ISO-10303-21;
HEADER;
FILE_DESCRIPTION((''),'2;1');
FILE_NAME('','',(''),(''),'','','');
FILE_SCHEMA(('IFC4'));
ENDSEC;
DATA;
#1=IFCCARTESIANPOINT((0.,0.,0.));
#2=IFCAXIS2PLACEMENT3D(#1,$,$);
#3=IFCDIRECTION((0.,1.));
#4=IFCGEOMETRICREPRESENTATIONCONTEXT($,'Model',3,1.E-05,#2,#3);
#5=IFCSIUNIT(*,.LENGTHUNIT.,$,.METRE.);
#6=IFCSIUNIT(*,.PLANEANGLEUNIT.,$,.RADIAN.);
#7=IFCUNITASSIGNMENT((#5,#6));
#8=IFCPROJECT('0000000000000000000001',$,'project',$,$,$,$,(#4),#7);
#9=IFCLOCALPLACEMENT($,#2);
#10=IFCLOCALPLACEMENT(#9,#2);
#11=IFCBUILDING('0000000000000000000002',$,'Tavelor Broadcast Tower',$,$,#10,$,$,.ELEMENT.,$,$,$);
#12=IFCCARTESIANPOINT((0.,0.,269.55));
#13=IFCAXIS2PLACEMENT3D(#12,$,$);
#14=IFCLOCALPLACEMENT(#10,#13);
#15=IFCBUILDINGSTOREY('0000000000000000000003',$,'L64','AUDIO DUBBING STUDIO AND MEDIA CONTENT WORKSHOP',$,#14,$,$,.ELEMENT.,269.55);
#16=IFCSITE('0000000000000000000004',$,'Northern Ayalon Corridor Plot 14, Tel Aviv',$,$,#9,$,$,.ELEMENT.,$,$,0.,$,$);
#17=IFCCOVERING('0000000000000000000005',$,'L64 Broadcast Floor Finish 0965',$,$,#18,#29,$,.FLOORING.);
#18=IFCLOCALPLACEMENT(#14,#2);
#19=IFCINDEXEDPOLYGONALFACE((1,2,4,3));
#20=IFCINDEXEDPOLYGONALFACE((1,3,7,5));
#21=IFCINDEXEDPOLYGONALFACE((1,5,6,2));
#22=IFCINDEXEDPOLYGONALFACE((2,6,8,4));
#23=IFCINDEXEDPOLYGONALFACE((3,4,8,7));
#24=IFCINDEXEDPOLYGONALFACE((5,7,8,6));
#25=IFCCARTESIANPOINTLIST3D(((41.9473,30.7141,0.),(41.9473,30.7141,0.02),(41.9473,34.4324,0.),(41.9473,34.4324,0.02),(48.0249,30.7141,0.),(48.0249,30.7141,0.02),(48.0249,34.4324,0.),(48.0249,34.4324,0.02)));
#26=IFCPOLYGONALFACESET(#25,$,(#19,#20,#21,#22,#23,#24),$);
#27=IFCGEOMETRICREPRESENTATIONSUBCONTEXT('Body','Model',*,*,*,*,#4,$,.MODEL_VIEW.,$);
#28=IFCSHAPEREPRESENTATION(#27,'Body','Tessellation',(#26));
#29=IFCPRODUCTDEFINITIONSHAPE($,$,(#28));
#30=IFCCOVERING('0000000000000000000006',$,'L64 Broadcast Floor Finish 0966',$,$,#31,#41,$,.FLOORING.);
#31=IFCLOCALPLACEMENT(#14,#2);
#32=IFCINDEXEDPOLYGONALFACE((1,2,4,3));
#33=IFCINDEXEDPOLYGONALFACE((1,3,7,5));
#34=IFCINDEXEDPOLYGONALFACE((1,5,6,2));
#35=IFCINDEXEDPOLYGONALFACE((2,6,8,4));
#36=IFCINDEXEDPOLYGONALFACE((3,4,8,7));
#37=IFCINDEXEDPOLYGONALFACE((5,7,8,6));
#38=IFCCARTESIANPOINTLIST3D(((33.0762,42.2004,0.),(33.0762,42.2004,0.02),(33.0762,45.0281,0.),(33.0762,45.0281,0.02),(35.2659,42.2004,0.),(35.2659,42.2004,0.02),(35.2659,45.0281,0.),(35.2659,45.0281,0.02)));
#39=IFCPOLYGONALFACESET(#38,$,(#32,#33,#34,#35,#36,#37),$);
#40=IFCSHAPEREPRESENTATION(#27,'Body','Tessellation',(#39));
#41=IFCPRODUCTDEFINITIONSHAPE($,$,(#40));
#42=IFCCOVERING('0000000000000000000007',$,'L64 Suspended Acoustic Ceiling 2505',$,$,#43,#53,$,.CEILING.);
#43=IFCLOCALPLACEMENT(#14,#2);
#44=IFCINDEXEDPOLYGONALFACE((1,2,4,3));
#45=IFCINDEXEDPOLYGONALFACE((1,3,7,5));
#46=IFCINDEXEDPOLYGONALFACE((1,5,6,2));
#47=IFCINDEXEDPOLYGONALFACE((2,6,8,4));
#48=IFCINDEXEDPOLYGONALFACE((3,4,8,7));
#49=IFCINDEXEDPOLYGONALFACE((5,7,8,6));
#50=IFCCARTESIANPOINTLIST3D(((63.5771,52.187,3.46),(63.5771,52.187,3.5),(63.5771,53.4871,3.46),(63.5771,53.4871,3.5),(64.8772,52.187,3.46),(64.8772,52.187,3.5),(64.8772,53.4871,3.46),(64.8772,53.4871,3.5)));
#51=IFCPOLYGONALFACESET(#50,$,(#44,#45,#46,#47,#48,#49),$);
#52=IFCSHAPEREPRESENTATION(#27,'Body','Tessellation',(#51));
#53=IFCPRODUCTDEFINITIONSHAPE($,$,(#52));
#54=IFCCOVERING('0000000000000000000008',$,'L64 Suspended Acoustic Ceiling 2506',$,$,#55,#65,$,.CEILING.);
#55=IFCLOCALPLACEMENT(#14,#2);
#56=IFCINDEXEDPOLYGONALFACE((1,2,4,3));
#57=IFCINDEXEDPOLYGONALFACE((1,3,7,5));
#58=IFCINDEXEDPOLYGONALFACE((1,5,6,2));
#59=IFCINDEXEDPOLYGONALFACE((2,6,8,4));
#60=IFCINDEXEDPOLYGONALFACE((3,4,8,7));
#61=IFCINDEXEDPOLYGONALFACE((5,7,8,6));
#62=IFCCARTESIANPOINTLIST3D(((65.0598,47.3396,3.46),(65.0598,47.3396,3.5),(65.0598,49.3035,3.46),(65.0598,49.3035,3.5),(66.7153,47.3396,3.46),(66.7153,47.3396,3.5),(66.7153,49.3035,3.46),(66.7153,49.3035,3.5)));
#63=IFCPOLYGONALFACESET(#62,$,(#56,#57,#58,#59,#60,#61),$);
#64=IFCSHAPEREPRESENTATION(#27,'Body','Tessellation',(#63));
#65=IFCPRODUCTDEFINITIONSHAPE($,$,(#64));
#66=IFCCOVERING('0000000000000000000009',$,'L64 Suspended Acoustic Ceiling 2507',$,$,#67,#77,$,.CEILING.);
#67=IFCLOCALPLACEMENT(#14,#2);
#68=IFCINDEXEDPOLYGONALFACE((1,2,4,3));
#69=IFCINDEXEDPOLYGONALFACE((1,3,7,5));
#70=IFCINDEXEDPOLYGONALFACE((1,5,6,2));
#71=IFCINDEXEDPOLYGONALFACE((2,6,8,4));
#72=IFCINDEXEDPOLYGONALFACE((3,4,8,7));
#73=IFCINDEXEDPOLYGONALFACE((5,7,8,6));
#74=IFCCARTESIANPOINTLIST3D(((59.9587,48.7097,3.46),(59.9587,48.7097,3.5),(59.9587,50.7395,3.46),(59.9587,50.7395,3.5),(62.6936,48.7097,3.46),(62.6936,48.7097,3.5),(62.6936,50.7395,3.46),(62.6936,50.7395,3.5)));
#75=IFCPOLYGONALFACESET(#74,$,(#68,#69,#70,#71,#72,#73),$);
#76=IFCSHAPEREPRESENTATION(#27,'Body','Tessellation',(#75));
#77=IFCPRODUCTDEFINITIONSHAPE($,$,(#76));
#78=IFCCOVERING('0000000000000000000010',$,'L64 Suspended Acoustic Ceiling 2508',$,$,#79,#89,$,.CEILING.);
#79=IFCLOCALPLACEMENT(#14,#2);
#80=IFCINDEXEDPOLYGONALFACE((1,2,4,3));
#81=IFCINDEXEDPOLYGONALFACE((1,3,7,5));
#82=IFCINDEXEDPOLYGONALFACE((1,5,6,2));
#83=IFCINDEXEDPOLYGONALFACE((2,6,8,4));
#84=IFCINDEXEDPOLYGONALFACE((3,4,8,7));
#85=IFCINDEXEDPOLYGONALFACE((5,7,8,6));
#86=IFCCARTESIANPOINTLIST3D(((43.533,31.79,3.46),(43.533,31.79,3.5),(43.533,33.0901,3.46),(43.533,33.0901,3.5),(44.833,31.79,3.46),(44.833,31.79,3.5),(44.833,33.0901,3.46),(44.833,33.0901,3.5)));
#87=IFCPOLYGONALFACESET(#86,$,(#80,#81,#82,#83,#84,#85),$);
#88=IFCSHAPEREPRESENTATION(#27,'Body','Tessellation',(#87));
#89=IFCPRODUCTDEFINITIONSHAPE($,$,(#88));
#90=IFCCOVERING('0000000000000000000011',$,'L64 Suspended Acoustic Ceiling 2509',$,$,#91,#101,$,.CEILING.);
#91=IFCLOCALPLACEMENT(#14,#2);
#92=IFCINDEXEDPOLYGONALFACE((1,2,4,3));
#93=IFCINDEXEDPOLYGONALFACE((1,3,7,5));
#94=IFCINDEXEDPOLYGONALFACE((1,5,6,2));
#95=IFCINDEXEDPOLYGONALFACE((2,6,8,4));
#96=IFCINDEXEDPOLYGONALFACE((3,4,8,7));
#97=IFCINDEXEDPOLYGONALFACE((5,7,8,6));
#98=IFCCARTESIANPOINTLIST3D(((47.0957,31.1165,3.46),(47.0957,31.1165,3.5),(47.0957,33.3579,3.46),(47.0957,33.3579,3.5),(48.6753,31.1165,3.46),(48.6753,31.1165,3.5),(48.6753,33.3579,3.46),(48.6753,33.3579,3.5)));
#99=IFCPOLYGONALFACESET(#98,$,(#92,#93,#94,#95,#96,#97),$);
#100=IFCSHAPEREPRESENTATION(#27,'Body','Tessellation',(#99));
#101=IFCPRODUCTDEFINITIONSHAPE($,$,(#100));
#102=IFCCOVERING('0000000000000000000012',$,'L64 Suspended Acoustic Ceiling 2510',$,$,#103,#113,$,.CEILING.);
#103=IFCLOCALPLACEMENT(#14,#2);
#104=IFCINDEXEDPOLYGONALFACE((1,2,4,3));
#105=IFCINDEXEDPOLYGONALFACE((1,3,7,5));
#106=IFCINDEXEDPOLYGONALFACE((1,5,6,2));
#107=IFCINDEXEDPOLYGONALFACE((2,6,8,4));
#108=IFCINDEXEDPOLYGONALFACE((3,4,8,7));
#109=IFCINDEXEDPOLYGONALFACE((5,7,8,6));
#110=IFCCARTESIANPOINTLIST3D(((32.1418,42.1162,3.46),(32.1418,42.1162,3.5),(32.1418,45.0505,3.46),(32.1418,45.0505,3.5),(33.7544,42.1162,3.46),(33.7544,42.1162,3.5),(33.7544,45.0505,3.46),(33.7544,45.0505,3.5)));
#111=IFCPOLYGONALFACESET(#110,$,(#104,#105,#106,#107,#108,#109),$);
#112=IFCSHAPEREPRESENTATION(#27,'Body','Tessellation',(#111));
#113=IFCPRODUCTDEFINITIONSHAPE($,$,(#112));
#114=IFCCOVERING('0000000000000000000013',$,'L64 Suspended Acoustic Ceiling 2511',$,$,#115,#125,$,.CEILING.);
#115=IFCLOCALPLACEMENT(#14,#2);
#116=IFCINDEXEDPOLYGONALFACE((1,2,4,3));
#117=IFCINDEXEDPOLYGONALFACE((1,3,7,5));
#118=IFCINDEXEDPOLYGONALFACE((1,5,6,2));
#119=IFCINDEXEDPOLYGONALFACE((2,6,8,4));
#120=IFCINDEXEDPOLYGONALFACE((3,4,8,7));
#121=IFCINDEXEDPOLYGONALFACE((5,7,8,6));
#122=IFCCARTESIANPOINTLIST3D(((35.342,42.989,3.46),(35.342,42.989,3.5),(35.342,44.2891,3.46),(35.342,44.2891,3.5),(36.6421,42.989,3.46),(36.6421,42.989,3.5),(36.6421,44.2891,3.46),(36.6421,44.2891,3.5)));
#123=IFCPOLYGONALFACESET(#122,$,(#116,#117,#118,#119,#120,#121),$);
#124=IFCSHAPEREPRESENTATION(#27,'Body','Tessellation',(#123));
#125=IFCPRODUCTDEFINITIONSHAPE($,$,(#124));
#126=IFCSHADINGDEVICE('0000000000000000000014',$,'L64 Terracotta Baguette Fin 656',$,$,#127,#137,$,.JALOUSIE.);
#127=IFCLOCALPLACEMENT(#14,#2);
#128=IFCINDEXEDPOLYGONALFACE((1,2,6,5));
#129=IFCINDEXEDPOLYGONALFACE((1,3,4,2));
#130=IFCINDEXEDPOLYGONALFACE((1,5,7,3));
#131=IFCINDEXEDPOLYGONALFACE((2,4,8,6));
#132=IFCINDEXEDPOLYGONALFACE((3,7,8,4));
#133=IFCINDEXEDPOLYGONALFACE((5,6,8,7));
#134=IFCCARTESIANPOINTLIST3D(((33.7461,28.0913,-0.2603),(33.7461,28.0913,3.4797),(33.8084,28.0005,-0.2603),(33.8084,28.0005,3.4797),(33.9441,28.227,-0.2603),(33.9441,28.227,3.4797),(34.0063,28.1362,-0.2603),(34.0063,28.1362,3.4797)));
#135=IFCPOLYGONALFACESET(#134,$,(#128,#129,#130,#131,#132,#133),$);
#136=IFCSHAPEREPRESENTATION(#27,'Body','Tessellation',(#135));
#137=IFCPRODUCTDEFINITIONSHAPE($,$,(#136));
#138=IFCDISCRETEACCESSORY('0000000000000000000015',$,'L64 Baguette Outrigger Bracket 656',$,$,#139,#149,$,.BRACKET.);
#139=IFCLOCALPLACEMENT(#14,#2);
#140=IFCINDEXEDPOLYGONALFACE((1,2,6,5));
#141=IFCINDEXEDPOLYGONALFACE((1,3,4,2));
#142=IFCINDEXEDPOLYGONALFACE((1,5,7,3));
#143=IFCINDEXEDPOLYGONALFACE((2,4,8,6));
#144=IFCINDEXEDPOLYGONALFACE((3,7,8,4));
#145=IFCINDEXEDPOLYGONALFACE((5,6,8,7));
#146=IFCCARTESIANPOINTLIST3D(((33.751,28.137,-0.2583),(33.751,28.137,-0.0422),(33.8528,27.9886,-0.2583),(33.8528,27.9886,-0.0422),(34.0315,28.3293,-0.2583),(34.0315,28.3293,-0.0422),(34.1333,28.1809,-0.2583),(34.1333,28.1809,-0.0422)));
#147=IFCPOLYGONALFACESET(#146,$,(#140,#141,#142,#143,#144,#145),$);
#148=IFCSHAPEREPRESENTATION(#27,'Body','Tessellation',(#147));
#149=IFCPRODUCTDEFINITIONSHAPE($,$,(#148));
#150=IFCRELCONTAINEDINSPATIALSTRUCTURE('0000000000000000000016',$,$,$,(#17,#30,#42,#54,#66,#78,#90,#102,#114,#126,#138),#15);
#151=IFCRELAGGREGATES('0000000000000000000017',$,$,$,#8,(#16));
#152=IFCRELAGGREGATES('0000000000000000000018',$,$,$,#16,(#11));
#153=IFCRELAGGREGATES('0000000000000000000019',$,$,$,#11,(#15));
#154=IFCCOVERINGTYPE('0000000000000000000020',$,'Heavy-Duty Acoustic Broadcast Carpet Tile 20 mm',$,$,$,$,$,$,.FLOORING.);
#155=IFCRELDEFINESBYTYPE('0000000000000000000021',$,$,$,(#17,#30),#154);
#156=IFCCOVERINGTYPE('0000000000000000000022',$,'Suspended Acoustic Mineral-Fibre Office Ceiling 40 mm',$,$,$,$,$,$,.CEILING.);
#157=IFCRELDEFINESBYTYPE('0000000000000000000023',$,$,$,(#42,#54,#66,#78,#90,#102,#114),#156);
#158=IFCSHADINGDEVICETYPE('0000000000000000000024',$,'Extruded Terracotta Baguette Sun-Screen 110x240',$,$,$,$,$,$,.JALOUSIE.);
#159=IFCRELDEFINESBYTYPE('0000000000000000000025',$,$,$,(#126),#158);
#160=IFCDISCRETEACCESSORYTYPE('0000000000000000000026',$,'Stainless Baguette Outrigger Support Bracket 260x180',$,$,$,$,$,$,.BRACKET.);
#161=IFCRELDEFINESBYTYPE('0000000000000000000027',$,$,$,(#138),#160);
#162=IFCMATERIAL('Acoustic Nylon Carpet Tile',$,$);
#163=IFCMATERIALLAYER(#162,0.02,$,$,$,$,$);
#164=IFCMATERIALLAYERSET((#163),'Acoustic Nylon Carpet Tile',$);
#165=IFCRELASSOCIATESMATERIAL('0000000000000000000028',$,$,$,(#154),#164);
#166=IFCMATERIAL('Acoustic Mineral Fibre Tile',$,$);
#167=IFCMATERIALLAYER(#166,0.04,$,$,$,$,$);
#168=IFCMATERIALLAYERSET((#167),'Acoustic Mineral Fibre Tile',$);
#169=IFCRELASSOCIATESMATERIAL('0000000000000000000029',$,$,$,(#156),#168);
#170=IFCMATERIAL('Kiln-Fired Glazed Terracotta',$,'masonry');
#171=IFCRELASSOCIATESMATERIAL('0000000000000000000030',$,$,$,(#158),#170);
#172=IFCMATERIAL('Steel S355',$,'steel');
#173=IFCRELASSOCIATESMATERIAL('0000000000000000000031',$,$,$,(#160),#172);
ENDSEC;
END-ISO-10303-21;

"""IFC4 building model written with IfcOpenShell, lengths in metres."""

from ifc_helpers import new_model, si_unit, direction, frame, origin, origin_2d, place, context, subcontext, project, spatial, polyline, rectangle, outline, extrude, source, transform, mapped, material, layer, layer_set, type_object, type_shapes, element, save


model = new_model("IFC4")

# Units and contexts
model_context = context("Model", 3, precision=1e-05, world=origin(), true_north=direction((0.0, 1.0)))
body_context = subcontext(model_context, "Body", "Model", "MODEL_VIEW")
ifc_project = project(units=[si_unit("LENGTHUNIT", "METRE"), si_unit("PLANEANGLEUNIT", "RADIAN")], contexts=[model_context])

# Site, building, storey
site_placement = place(None, origin())
site = spatial("IfcSite", under=ifc_project, at=site_placement, Name="Northern Ayalon Corridor Plot 14, Tel Aviv", CompositionType="ELEMENT", RefElevation=0.0)
building_placement = place(site_placement, origin())
building = spatial("IfcBuilding", under=site, at=building_placement, Name="Tavelor Broadcast Tower", CompositionType="ELEMENT")
storey_placement = place(building_placement, frame((0.0, 0.0, 269.55)))
storey = spatial("IfcBuildingStorey", under=building, at=storey_placement, Name="L64", Description="AUDIO DUBBING STUDIO AND MEDIA CONTENT WORKSHOP", CompositionType="ELEMENT", Elevation=269.55)

# Coverings
ifc_material_1 = material(Name="Acoustic Nylon Carpet Tile")
ifc_layer_1 = layer(ifc_material_1, 0.02)
ifc_layer_set_1 = layer_set([ifc_layer_1], Name="Acoustic Nylon Carpet Tile")
covering_type_1 = type_object("IfcCoveringType", Name="Heavy-Duty Acoustic Broadcast Carpet Tile 20 mm", PredefinedType="FLOORING", material=ifc_layer_set_1)
covering_1_placement = place(storey_placement, origin())
element("IfcCovering", 1, at=covering_1_placement, inside=storey, type_object=covering_type_1, Name="L64 Broadcast Floor Finish 0965", PredefinedType="FLOORING", context=body_context, shape_type="SweptSolid", body=[
    extrude(outline(polyline([(41.9473, 30.7141), (48.0249, 30.7141), (48.0249, 34.4324), (41.9473, 34.4324), (41.9473, 30.7141)])), origin(), (0.0, 0.0, 1.0), 0.02),
])
covering_2_placement = place(storey_placement, origin())
element("IfcCovering", 2, at=covering_2_placement, inside=storey, type_object=covering_type_1, Name="L64 Broadcast Floor Finish 0966", PredefinedType="FLOORING", context=body_context, shape_type="SweptSolid", body=[
    extrude(outline(polyline([(33.0762, 42.2004), (35.2659, 42.2004), (35.2659, 45.0281), (33.0762, 45.0281), (33.0762, 42.2004)])), origin(), (0.0, 0.0, 1.0), 0.02),
])
ifc_material_2 = material(Name="Acoustic Mineral Fibre Tile")
ifc_layer_2 = layer(ifc_material_2, 0.04)
ifc_layer_set_2 = layer_set([ifc_layer_2], Name="Acoustic Mineral Fibre Tile")
covering_type_2 = type_object("IfcCoveringType", Name="Suspended Acoustic Mineral-Fibre Office Ceiling 40 mm", PredefinedType="CEILING", material=ifc_layer_set_2)
covering_3_placement = place(storey_placement, frame((0.0, 0.0, 3.46)))
element("IfcCovering", 3, at=covering_3_placement, inside=storey, type_object=covering_type_2, Name="L64 Suspended Acoustic Ceiling 2505", PredefinedType="CEILING", context=body_context, shape_type="SweptSolid", body=[
    extrude(outline(polyline([(63.5771, 52.187), (64.8772, 52.187), (64.8772, 53.4871), (63.5771, 53.4871), (63.5771, 52.187)])), origin(), (0.0, 0.0, 1.0), 0.04),
])
covering_4_placement = place(storey_placement, frame((0.0, 0.0, 3.46)))
element("IfcCovering", 4, at=covering_4_placement, inside=storey, type_object=covering_type_2, Name="L64 Suspended Acoustic Ceiling 2506", PredefinedType="CEILING", context=body_context, shape_type="SweptSolid", body=[
    extrude(outline(polyline([(65.0598, 47.3396), (66.7153, 47.3396), (66.7153, 49.3035), (65.0598, 49.3035), (65.0598, 47.3396)])), origin(), (0.0, 0.0, 1.0), 0.04),
])
covering_5_placement = place(storey_placement, frame((0.0, 0.0, 3.46)))
element("IfcCovering", 5, at=covering_5_placement, inside=storey, type_object=covering_type_2, Name="L64 Suspended Acoustic Ceiling 2507", PredefinedType="CEILING", context=body_context, shape_type="SweptSolid", body=[
    extrude(outline(polyline([(59.9587, 48.7097), (62.6936, 48.7097), (62.6936, 50.7395), (59.9587, 50.7395), (59.9587, 48.7097)])), origin(), (0.0, 0.0, 1.0), 0.04),
])
covering_6_placement = place(storey_placement, frame((0.0, 0.0, 3.46)))
element("IfcCovering", 6, at=covering_6_placement, inside=storey, type_object=covering_type_2, Name="L64 Suspended Acoustic Ceiling 2508", PredefinedType="CEILING", context=body_context, shape_type="SweptSolid", body=[
    extrude(outline(polyline([(43.533, 31.79), (44.833, 31.79), (44.833, 33.0901), (43.533, 33.0901), (43.533, 31.79)])), origin(), (0.0, 0.0, 1.0), 0.04),
])
covering_7_placement = place(storey_placement, frame((0.0, 0.0, 3.46)))
element("IfcCovering", 7, at=covering_7_placement, inside=storey, type_object=covering_type_2, Name="L64 Suspended Acoustic Ceiling 2509", PredefinedType="CEILING", context=body_context, shape_type="SweptSolid", body=[
    extrude(outline(polyline([(47.0957, 31.1165), (48.6753, 31.1165), (48.6753, 33.3579), (47.0957, 33.3579), (47.0957, 31.1165)])), origin(), (0.0, 0.0, 1.0), 0.04),
])
covering_8_placement = place(storey_placement, frame((0.0, 0.0, 3.46)))
element("IfcCovering", 8, at=covering_8_placement, inside=storey, type_object=covering_type_2, Name="L64 Suspended Acoustic Ceiling 2510", PredefinedType="CEILING", context=body_context, shape_type="SweptSolid", body=[
    extrude(outline(polyline([(32.1418, 42.1162), (33.7544, 42.1162), (33.7544, 45.0505), (32.1418, 45.0505), (32.1418, 42.1162)])), origin(), (0.0, 0.0, 1.0), 0.04),
])
covering_9_placement = place(storey_placement, frame((0.0, 0.0, 3.46)))
element("IfcCovering", 9, at=covering_9_placement, inside=storey, type_object=covering_type_2, Name="L64 Suspended Acoustic Ceiling 2511", PredefinedType="CEILING", context=body_context, shape_type="SweptSolid", body=[
    extrude(outline(polyline([(35.342, 42.989), (36.6421, 42.989), (36.6421, 44.2891), (35.342, 44.2891), (35.342, 42.989)])), origin(), (0.0, 0.0, 1.0), 0.04),
])

# Shading device
ifc_material_3 = material(Name="Kiln-Fired Glazed Terracotta", Category="masonry")
shading_device_type = type_object("IfcShadingDeviceType", Name="Extruded Terracotta Baguette Sun-Screen 110x240", PredefinedType="JALOUSIE", material=ifc_material_3)
shared_shape_1 = source(origin(), body_context, "Body", "SweptSolid", [
    extrude(rectangle(XDim=0.1101, YDim=0.24, at=origin_2d()), origin(), (0.0, 0.0, 1.0), 3.74),
])
type_shapes(shading_device_type, [shared_shape_1])
shading_device_placement = place(storey_placement, frame((33.8762, 28.1138, -0.2603), z_axis=(0.0, 0.0, 1.0), x_axis=(0.565399, -0.824818, 0.0)))
element("IfcShadingDevice", 10, at=shading_device_placement, inside=storey, type_object=shading_device_type, Name="L64 Terracotta Baguette Fin 656", PredefinedType="JALOUSIE", context=body_context, shape_type="MappedRepresentation", body=[
    mapped(shared_shape_1, transform((0.0, 0.0, 0.0), scale=1.0)),
])

# Discrete accessory
ifc_material_4 = material(Name="Steel S355", Category="steel")
discrete_accessory_type = type_object("IfcDiscreteAccessoryType", Name="Stainless Baguette Outrigger Support Bracket 260x180", PredefinedType="BRACKET", material=ifc_material_4)
shared_shape_2 = source(origin(), body_context, "Body", "SweptSolid", [
    extrude(rectangle(XDim=0.1799, YDim=0.3401, at=origin_2d()), origin(), (0.0, 0.0, 1.0), 0.2161),
])
type_shapes(discrete_accessory_type, [shared_shape_2])
discrete_accessory_placement = place(storey_placement, frame((33.9421, 28.1589, -0.2583), z_axis=(0.0, 0.0, 1.0), x_axis=(0.565399, -0.824818, 0.0)))
element("IfcDiscreteAccessory", 11, at=discrete_accessory_placement, inside=storey, type_object=discrete_accessory_type, Name="L64 Baguette Outrigger Bracket 656", PredefinedType="BRACKET", context=body_context, shape_type="MappedRepresentation", body=[
    mapped(shared_shape_2, transform((0.0, 0.0, 0.0), scale=1.0)),
])

save(model, "model.ifc")
